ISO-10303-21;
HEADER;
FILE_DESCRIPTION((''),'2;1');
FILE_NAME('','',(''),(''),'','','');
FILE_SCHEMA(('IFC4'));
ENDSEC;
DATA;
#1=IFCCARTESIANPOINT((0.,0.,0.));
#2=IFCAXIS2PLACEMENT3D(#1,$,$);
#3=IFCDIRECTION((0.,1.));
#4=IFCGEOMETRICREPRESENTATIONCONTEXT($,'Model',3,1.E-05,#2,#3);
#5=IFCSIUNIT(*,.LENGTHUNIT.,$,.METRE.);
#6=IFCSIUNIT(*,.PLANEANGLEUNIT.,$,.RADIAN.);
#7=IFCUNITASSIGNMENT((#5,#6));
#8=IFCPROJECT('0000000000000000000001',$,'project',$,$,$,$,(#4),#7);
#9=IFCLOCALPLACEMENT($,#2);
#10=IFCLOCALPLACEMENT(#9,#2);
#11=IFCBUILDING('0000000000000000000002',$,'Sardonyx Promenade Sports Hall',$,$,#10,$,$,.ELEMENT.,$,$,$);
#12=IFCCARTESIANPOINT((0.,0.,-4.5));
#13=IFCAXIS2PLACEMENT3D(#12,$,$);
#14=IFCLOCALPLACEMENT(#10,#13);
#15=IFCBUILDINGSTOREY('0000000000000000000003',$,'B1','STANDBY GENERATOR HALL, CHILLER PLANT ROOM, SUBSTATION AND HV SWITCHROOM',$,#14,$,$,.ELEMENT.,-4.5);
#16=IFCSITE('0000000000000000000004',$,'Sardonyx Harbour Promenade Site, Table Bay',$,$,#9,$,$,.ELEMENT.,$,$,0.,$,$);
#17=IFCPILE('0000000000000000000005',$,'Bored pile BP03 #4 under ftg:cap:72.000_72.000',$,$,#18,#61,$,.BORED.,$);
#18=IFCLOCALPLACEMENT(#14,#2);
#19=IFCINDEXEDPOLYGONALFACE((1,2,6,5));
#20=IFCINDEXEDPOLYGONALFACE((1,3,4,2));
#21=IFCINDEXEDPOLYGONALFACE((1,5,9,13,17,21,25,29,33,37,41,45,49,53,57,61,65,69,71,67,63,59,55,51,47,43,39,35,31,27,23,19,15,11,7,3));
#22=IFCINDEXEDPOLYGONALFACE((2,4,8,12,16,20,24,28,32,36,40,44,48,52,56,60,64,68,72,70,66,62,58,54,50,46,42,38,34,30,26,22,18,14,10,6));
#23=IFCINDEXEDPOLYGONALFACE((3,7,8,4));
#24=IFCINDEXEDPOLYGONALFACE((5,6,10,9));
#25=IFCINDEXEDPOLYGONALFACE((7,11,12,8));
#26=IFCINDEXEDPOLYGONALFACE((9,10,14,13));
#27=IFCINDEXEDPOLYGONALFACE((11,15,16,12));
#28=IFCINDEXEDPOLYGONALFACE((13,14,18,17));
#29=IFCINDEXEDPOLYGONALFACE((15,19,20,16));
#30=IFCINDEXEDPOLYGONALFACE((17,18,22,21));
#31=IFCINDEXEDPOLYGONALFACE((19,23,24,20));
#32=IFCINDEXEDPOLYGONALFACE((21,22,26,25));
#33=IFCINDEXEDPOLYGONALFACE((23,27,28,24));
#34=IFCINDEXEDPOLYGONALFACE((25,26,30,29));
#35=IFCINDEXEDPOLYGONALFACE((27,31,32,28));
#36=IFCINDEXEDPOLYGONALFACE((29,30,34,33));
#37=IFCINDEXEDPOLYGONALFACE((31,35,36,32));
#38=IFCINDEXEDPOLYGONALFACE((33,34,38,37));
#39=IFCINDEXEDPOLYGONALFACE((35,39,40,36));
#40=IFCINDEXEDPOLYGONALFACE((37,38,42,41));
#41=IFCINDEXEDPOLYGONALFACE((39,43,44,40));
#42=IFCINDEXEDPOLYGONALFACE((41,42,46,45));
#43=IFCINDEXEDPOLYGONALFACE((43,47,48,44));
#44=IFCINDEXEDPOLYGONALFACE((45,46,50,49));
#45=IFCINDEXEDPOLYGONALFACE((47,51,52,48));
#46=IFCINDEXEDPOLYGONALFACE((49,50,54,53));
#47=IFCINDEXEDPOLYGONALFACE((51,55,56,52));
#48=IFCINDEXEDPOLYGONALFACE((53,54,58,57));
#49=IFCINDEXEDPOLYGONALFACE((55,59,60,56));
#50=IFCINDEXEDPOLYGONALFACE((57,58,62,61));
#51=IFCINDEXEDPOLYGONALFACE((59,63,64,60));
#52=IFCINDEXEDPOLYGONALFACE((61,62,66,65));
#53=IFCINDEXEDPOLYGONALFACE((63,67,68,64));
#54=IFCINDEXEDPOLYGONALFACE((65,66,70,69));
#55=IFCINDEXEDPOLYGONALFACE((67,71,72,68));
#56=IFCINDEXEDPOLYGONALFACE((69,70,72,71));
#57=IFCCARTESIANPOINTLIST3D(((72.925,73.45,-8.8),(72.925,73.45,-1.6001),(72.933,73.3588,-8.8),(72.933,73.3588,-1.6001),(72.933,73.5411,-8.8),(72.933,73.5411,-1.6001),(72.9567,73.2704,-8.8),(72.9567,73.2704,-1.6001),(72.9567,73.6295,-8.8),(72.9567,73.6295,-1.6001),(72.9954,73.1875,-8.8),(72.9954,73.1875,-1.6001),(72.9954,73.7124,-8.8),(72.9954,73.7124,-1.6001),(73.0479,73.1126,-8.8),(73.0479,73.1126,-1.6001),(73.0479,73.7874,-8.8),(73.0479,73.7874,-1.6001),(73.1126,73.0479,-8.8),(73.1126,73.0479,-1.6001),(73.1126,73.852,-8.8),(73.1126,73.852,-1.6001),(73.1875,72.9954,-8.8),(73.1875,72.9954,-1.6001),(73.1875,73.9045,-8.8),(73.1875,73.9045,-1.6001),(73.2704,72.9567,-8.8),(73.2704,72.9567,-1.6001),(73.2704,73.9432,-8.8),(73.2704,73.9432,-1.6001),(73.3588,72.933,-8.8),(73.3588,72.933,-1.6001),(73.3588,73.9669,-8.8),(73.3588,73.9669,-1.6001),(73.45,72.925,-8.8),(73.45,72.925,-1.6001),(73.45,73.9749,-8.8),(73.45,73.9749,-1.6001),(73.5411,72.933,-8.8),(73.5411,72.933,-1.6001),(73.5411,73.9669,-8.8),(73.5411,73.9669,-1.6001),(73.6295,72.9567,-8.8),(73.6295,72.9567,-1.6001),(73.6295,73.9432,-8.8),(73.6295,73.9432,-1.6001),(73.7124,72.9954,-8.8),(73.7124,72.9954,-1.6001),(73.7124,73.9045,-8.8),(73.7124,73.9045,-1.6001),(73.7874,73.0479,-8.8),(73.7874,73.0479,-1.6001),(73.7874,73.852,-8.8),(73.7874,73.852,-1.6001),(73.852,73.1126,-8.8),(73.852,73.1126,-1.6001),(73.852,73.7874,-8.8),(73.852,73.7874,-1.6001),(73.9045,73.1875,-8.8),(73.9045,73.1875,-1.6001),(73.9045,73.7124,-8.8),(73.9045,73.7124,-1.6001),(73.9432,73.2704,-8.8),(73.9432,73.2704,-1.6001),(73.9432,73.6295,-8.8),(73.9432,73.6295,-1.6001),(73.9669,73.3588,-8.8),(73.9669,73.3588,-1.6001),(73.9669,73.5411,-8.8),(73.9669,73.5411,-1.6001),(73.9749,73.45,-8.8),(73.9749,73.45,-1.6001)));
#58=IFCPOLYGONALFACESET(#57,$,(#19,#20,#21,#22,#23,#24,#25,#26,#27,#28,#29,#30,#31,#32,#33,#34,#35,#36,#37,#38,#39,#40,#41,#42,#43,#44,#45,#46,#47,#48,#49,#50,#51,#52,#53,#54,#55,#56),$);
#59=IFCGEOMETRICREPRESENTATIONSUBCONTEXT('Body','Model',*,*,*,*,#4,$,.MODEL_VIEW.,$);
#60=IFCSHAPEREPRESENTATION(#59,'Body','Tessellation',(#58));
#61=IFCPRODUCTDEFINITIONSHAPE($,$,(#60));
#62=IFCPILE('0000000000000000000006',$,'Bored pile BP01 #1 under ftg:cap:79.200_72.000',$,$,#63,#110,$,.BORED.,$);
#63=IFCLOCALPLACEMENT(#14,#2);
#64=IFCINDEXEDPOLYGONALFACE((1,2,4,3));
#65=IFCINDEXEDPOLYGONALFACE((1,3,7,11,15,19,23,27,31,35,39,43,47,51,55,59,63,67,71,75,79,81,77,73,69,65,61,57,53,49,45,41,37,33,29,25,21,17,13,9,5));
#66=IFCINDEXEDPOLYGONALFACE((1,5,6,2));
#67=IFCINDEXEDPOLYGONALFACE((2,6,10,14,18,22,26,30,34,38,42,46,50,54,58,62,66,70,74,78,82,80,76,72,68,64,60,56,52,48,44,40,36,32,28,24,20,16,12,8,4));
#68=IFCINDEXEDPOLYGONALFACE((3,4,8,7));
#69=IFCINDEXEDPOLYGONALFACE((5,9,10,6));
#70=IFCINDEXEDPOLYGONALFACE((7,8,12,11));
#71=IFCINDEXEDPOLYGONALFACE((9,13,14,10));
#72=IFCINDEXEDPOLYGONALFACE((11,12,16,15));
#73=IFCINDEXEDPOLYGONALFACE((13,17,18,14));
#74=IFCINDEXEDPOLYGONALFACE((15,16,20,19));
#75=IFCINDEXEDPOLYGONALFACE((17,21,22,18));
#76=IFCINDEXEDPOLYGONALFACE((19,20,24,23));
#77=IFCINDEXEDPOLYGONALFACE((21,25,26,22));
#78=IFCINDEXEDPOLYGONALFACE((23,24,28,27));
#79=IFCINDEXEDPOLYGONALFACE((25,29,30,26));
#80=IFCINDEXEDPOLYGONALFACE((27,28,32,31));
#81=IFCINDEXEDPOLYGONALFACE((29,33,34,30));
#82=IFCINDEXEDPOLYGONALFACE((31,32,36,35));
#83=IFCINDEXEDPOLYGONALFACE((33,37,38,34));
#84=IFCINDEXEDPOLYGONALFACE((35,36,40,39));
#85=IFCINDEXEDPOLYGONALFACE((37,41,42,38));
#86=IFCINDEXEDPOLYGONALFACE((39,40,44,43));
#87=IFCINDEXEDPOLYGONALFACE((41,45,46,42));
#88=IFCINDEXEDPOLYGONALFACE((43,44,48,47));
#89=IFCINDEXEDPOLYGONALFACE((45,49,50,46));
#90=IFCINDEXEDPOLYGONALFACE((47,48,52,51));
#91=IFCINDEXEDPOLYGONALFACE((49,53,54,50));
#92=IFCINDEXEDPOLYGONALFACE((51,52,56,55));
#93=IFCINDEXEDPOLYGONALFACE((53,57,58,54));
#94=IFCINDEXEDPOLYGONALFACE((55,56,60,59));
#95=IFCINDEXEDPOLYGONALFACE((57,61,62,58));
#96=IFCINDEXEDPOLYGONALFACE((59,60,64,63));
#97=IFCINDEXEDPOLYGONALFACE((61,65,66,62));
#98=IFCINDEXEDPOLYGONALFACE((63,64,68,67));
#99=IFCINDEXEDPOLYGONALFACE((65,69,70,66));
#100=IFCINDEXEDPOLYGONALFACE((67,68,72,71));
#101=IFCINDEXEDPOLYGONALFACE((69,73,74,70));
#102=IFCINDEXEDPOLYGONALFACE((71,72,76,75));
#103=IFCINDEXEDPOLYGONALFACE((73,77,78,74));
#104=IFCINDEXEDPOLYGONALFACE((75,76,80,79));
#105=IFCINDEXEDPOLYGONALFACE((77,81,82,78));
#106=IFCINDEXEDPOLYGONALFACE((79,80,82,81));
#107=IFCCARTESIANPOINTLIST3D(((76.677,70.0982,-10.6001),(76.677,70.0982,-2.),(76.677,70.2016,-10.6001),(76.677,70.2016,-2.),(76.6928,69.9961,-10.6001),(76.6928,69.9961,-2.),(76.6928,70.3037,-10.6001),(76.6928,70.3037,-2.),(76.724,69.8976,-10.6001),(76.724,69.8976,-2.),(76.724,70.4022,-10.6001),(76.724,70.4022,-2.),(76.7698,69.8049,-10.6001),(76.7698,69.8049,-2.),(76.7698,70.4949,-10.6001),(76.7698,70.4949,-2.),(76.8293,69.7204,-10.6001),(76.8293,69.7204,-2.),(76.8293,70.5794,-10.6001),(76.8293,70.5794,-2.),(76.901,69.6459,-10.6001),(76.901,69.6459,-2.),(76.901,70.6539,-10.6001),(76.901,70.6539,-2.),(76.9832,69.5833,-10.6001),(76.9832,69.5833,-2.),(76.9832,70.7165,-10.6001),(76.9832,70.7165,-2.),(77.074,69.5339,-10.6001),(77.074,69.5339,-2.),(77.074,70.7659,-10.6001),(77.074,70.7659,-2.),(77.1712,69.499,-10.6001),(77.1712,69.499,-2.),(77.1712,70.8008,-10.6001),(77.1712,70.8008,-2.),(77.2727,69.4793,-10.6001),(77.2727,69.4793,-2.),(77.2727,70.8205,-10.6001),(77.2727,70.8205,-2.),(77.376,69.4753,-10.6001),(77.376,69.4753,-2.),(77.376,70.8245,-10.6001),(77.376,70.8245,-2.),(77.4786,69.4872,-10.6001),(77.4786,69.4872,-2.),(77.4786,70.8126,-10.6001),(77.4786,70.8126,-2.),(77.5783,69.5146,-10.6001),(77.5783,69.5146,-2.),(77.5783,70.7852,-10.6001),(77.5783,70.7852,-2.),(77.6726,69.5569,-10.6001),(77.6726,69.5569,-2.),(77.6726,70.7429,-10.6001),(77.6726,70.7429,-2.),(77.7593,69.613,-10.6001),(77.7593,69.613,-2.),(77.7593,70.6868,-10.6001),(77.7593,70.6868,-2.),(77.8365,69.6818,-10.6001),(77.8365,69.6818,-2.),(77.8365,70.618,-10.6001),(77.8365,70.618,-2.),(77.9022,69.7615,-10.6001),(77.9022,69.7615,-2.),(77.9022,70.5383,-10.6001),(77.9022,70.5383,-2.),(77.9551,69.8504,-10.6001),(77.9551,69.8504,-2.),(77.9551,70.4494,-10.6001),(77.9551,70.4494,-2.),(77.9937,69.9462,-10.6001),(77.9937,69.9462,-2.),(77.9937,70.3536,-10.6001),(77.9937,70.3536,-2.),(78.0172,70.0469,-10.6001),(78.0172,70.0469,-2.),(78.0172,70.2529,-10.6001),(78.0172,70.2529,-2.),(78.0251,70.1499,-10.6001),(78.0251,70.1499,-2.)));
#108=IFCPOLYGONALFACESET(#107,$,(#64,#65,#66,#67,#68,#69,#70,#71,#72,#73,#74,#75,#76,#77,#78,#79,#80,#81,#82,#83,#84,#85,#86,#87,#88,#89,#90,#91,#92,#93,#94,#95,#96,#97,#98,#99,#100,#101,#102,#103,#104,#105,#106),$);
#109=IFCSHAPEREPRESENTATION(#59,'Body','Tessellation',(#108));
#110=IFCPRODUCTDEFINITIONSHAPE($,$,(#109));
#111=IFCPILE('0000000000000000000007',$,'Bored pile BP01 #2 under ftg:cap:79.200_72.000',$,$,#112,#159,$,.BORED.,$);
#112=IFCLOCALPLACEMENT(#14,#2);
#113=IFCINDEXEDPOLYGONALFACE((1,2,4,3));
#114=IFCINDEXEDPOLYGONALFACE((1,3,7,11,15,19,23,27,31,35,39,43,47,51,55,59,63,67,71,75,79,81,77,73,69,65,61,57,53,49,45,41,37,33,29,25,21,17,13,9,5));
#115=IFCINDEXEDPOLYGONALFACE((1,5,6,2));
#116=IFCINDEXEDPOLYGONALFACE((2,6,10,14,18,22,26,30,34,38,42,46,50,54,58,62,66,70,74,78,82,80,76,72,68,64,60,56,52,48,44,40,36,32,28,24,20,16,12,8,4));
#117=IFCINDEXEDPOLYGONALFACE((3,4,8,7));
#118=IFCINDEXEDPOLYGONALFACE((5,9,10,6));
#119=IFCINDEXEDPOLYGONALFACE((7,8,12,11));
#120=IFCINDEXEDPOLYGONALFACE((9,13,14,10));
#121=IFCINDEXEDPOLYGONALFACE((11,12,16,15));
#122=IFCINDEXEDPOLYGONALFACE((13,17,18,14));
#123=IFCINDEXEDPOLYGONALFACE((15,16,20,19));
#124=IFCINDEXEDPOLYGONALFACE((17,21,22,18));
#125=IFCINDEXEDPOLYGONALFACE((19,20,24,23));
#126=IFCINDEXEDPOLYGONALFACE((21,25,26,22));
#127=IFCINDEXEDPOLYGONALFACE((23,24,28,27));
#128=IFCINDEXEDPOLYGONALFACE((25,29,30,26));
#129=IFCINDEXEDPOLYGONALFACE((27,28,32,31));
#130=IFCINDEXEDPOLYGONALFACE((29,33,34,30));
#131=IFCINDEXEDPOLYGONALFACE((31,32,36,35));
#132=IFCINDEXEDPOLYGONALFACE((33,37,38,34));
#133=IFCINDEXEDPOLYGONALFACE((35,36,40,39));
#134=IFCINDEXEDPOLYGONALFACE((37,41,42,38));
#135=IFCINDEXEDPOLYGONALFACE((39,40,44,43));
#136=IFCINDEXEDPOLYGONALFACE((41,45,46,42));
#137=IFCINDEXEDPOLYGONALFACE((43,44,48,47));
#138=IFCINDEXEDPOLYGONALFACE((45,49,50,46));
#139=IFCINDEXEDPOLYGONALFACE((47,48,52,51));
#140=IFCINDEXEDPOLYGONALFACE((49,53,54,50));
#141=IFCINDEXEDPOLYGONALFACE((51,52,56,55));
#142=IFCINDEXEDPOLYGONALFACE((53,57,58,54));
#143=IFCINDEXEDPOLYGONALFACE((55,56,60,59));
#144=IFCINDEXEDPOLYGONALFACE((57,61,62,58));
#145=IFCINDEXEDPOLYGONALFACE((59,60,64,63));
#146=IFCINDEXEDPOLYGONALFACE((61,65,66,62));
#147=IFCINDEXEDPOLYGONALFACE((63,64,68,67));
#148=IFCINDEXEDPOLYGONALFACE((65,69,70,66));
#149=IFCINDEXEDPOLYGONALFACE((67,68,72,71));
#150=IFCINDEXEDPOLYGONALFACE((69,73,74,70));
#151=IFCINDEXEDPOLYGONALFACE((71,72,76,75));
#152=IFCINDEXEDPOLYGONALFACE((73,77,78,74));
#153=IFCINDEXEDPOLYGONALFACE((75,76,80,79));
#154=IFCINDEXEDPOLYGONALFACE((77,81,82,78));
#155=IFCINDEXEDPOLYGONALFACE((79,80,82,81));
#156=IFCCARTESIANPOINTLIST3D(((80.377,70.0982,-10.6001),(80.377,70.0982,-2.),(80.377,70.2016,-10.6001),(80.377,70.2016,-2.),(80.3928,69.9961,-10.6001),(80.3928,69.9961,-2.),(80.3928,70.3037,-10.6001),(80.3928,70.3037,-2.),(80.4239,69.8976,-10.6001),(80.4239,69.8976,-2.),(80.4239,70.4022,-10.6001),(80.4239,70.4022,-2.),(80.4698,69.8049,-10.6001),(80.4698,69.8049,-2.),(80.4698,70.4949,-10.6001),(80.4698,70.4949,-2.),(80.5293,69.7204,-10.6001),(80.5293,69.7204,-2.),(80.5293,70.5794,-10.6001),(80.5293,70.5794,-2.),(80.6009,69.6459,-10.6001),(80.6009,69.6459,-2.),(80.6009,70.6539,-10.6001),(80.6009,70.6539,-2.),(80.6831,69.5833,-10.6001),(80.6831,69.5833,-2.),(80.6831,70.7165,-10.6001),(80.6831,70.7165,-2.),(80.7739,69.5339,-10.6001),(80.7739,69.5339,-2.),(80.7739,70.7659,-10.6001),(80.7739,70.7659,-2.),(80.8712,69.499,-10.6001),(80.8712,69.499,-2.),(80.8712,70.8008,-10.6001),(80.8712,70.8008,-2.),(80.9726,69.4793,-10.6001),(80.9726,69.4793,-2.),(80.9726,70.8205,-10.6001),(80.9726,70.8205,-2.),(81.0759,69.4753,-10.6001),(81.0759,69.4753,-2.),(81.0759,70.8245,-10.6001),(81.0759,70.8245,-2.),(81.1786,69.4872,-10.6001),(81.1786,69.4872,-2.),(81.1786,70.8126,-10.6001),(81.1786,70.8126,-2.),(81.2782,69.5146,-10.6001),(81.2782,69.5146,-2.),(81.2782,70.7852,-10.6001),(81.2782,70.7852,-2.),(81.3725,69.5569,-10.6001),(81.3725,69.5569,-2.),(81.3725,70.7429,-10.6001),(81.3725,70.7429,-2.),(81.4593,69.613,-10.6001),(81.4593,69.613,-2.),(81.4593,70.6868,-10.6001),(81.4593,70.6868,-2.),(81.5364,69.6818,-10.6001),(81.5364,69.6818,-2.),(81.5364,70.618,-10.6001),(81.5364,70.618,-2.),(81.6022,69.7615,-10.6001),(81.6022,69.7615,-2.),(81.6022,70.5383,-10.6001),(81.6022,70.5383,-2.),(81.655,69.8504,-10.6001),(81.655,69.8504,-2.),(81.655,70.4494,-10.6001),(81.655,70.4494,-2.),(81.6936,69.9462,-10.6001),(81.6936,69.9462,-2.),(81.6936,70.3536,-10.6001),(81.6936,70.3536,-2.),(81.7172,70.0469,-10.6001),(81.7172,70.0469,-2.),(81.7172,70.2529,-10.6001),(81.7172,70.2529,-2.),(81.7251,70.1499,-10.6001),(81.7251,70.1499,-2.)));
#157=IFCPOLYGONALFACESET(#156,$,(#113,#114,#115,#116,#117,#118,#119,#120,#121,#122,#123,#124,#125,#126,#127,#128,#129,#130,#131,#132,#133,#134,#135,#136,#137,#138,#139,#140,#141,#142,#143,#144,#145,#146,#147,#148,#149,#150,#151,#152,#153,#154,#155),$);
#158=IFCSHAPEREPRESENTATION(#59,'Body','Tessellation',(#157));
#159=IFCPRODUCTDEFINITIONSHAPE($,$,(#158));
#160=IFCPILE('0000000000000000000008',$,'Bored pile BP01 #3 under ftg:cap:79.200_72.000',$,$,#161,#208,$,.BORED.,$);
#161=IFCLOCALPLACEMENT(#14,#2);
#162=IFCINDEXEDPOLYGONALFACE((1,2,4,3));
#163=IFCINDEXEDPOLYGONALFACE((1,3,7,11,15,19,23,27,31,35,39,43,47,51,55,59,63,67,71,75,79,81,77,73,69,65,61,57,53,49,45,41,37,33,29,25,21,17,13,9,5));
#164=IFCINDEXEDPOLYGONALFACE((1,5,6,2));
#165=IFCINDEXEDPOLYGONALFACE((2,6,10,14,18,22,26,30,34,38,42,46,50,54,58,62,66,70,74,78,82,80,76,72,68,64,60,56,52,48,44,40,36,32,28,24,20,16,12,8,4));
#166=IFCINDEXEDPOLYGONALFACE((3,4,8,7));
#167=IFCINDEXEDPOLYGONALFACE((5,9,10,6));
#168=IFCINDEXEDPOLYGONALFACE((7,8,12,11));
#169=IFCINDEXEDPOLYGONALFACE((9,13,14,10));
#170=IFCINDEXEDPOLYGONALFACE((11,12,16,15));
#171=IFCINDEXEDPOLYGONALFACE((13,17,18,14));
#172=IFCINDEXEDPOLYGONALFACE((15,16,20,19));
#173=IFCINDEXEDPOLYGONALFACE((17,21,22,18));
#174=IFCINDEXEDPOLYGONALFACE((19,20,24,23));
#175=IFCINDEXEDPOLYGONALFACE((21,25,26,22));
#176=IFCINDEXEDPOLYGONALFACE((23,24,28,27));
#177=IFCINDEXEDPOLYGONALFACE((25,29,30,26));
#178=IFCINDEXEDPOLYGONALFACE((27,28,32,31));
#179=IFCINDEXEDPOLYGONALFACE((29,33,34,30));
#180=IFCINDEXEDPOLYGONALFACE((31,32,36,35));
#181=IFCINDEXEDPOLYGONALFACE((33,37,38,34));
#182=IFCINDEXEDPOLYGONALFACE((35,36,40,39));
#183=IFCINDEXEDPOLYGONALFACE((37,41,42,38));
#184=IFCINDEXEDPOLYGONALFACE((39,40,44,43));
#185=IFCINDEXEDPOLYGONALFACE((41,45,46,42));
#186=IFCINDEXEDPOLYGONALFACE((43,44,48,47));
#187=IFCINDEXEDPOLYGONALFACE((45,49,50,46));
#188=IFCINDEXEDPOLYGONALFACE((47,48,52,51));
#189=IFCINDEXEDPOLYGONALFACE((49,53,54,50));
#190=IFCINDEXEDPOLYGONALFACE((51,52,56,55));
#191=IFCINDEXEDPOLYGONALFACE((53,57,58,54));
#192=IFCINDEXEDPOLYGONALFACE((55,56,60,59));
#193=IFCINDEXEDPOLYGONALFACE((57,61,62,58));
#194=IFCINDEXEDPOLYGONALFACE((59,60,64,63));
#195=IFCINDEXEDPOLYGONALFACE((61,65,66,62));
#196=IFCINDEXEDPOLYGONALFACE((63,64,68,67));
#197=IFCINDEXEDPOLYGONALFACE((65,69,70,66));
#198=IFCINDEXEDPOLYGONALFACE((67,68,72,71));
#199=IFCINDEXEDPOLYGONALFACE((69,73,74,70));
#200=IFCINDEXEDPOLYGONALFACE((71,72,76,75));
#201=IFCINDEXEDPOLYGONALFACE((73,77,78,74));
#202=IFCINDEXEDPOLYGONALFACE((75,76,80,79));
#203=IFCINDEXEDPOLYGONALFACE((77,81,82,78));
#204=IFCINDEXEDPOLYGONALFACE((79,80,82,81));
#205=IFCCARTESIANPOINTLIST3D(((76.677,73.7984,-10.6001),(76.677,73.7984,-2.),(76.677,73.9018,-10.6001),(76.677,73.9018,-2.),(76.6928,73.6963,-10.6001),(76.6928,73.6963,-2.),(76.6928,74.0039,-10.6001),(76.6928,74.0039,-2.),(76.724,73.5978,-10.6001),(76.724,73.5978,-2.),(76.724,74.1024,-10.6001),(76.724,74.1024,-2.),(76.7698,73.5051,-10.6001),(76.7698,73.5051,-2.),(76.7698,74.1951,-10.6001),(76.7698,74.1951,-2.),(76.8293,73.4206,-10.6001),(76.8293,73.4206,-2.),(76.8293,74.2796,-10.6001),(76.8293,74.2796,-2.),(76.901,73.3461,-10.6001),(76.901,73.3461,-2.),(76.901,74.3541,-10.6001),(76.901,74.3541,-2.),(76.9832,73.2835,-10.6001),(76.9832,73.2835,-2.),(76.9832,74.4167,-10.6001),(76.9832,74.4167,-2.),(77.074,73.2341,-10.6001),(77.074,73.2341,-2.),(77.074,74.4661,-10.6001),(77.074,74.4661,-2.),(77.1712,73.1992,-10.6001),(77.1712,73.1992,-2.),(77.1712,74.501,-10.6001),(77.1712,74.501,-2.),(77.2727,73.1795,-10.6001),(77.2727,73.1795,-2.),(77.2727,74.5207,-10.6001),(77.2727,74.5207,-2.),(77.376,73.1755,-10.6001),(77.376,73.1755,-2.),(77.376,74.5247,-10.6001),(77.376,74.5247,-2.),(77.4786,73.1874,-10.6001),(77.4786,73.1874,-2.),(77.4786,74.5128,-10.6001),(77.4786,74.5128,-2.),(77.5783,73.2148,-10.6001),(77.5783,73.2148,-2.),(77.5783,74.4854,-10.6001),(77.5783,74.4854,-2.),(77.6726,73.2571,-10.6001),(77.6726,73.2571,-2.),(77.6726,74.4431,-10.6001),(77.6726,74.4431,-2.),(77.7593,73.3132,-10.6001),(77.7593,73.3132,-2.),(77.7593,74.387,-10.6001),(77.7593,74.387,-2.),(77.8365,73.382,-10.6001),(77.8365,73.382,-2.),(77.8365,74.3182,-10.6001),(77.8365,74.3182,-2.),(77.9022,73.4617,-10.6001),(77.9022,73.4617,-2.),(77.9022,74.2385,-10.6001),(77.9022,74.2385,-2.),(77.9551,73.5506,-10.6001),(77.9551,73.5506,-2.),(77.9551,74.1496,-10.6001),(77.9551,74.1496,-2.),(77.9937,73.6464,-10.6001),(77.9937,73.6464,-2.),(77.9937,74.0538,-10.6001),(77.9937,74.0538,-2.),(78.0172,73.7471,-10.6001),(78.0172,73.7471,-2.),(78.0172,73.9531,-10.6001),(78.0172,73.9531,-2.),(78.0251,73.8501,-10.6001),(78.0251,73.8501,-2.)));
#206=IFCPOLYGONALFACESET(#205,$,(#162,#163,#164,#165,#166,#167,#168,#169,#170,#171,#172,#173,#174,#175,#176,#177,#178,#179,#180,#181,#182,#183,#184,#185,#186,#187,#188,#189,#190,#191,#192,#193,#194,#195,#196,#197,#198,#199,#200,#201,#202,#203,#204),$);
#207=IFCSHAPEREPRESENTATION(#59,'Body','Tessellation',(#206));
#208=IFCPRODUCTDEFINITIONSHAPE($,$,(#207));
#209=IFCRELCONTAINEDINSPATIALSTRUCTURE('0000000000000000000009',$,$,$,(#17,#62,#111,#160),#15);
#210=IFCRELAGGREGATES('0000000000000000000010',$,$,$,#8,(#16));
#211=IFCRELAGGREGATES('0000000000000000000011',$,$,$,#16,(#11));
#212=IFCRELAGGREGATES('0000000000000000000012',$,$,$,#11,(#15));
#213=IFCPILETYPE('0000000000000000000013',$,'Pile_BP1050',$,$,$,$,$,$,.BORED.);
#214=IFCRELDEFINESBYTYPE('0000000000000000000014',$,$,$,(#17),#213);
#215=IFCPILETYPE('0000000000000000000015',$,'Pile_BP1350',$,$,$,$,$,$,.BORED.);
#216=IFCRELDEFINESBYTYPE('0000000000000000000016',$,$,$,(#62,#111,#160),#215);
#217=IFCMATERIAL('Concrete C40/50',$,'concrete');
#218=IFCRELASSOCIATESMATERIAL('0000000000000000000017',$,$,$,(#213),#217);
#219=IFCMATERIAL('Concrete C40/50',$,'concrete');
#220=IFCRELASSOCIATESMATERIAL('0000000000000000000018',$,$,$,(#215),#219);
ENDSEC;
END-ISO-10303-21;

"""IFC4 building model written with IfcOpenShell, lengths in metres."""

from ifc_helpers import new_model, si_unit, direction, frame, origin, origin_2d, place, context, subcontext, project, spatial, circle, extrude, material, material_profile, profile_set, type_object, element, save


model = new_model("IFC4")

# Units and contexts
model_context = context("Model", 3, precision=1e-05, world=origin(), true_north=direction((0.0, 1.0)))
body_context = subcontext(model_context, "Body", "Model", "MODEL_VIEW")
ifc_project = project(units=[si_unit("LENGTHUNIT", "METRE"), si_unit("PLANEANGLEUNIT", "RADIAN")], contexts=[model_context])

# Site, building, storey
site_placement = place(None, origin())
site = spatial("IfcSite", under=ifc_project, at=site_placement, Name="Sardonyx Harbour Promenade Site, Table Bay", CompositionType="ELEMENT", RefElevation=0.0)
building_placement = place(site_placement, origin())
building = spatial("IfcBuilding", under=site, at=building_placement, Name="Sardonyx Promenade Sports Hall", CompositionType="ELEMENT")
storey_placement = place(building_placement, frame((0.0, 0.0, -4.5)))
storey = spatial("IfcBuildingStorey", under=building, at=storey_placement, Name="B1", Description="STANDBY GENERATOR HALL, CHILLER PLANT ROOM, SUBSTATION AND HV SWITCHROOM", CompositionType="ELEMENT", Elevation=-4.5)

# Piles
ifc_material_1 = material(Name="Concrete C40/50", Category="concrete")
ifc_material_profile_1 = material_profile(ifc_material_1, circle(Radius=0.5249, at=origin_2d()))
ifc_profile_set_1 = profile_set([ifc_material_profile_1], Name="Concrete C40/50")
pile_type_1 = type_object("IfcPileType", Name="Pile_BP1050", PredefinedType="BORED", material=ifc_profile_set_1)
for number, where, z_axis, x_axis, name in (
    (1, (73.45, 73.45, -1.6001), (0.0, 0.0, -1.0), (1.0, 0.0, 0.0), "Bored pile BP03 #4 under ftg:cap:72.000_72.000"),
):
    element("IfcPile", number, at=place(storey_placement, frame(where, z_axis=z_axis, x_axis=x_axis)), inside=storey, type_object=pile_type_1, Name=name, PredefinedType="BORED", context=body_context, shape_type="SweptSolid", body=[
        extrude(circle(Radius=0.5249, at=origin_2d()), origin(), (0.0, 0.0, 1.0), 7.2),
    ])
ifc_material_2 = material(Name="Concrete C40/50", Category="concrete")
ifc_material_profile_2 = material_profile(ifc_material_2, circle(Radius=0.675, at=origin_2d()))
ifc_profile_set_2 = profile_set([ifc_material_profile_2], Name="Concrete C40/50")
pile_type_2 = type_object("IfcPileType", Name="Pile_BP1350", PredefinedType="BORED", material=ifc_profile_set_2)
for number, where, z_axis, x_axis, name in (
    (2, (77.3501, 70.1499, -2.0), (0.0, 0.0, -1.0), (1.0, 0.0, 0.0), "Bored pile BP01 #1 under ftg:cap:79.200_72.000"),
    (3, (81.05, 70.1499, -2.0), (0.0, 0.0, -1.0), (1.0, 0.0, 0.0), "Bored pile BP01 #2 under ftg:cap:79.200_72.000"),
    (4, (77.3501, 73.8501, -2.0), (0.0, 0.0, -1.0), (1.0, 0.0, 0.0), "Bored pile BP01 #3 under ftg:cap:79.200_72.000"),
):
    element("IfcPile", number, at=place(storey_placement, frame(where, z_axis=z_axis, x_axis=x_axis)), inside=storey, type_object=pile_type_2, Name=name, PredefinedType="BORED", context=body_context, shape_type="SweptSolid", body=[
        extrude(circle(Radius=0.675, at=origin_2d()), origin(), (0.0, 0.0, 1.0), 8.6001),
    ])

save(model, "model.ifc")
